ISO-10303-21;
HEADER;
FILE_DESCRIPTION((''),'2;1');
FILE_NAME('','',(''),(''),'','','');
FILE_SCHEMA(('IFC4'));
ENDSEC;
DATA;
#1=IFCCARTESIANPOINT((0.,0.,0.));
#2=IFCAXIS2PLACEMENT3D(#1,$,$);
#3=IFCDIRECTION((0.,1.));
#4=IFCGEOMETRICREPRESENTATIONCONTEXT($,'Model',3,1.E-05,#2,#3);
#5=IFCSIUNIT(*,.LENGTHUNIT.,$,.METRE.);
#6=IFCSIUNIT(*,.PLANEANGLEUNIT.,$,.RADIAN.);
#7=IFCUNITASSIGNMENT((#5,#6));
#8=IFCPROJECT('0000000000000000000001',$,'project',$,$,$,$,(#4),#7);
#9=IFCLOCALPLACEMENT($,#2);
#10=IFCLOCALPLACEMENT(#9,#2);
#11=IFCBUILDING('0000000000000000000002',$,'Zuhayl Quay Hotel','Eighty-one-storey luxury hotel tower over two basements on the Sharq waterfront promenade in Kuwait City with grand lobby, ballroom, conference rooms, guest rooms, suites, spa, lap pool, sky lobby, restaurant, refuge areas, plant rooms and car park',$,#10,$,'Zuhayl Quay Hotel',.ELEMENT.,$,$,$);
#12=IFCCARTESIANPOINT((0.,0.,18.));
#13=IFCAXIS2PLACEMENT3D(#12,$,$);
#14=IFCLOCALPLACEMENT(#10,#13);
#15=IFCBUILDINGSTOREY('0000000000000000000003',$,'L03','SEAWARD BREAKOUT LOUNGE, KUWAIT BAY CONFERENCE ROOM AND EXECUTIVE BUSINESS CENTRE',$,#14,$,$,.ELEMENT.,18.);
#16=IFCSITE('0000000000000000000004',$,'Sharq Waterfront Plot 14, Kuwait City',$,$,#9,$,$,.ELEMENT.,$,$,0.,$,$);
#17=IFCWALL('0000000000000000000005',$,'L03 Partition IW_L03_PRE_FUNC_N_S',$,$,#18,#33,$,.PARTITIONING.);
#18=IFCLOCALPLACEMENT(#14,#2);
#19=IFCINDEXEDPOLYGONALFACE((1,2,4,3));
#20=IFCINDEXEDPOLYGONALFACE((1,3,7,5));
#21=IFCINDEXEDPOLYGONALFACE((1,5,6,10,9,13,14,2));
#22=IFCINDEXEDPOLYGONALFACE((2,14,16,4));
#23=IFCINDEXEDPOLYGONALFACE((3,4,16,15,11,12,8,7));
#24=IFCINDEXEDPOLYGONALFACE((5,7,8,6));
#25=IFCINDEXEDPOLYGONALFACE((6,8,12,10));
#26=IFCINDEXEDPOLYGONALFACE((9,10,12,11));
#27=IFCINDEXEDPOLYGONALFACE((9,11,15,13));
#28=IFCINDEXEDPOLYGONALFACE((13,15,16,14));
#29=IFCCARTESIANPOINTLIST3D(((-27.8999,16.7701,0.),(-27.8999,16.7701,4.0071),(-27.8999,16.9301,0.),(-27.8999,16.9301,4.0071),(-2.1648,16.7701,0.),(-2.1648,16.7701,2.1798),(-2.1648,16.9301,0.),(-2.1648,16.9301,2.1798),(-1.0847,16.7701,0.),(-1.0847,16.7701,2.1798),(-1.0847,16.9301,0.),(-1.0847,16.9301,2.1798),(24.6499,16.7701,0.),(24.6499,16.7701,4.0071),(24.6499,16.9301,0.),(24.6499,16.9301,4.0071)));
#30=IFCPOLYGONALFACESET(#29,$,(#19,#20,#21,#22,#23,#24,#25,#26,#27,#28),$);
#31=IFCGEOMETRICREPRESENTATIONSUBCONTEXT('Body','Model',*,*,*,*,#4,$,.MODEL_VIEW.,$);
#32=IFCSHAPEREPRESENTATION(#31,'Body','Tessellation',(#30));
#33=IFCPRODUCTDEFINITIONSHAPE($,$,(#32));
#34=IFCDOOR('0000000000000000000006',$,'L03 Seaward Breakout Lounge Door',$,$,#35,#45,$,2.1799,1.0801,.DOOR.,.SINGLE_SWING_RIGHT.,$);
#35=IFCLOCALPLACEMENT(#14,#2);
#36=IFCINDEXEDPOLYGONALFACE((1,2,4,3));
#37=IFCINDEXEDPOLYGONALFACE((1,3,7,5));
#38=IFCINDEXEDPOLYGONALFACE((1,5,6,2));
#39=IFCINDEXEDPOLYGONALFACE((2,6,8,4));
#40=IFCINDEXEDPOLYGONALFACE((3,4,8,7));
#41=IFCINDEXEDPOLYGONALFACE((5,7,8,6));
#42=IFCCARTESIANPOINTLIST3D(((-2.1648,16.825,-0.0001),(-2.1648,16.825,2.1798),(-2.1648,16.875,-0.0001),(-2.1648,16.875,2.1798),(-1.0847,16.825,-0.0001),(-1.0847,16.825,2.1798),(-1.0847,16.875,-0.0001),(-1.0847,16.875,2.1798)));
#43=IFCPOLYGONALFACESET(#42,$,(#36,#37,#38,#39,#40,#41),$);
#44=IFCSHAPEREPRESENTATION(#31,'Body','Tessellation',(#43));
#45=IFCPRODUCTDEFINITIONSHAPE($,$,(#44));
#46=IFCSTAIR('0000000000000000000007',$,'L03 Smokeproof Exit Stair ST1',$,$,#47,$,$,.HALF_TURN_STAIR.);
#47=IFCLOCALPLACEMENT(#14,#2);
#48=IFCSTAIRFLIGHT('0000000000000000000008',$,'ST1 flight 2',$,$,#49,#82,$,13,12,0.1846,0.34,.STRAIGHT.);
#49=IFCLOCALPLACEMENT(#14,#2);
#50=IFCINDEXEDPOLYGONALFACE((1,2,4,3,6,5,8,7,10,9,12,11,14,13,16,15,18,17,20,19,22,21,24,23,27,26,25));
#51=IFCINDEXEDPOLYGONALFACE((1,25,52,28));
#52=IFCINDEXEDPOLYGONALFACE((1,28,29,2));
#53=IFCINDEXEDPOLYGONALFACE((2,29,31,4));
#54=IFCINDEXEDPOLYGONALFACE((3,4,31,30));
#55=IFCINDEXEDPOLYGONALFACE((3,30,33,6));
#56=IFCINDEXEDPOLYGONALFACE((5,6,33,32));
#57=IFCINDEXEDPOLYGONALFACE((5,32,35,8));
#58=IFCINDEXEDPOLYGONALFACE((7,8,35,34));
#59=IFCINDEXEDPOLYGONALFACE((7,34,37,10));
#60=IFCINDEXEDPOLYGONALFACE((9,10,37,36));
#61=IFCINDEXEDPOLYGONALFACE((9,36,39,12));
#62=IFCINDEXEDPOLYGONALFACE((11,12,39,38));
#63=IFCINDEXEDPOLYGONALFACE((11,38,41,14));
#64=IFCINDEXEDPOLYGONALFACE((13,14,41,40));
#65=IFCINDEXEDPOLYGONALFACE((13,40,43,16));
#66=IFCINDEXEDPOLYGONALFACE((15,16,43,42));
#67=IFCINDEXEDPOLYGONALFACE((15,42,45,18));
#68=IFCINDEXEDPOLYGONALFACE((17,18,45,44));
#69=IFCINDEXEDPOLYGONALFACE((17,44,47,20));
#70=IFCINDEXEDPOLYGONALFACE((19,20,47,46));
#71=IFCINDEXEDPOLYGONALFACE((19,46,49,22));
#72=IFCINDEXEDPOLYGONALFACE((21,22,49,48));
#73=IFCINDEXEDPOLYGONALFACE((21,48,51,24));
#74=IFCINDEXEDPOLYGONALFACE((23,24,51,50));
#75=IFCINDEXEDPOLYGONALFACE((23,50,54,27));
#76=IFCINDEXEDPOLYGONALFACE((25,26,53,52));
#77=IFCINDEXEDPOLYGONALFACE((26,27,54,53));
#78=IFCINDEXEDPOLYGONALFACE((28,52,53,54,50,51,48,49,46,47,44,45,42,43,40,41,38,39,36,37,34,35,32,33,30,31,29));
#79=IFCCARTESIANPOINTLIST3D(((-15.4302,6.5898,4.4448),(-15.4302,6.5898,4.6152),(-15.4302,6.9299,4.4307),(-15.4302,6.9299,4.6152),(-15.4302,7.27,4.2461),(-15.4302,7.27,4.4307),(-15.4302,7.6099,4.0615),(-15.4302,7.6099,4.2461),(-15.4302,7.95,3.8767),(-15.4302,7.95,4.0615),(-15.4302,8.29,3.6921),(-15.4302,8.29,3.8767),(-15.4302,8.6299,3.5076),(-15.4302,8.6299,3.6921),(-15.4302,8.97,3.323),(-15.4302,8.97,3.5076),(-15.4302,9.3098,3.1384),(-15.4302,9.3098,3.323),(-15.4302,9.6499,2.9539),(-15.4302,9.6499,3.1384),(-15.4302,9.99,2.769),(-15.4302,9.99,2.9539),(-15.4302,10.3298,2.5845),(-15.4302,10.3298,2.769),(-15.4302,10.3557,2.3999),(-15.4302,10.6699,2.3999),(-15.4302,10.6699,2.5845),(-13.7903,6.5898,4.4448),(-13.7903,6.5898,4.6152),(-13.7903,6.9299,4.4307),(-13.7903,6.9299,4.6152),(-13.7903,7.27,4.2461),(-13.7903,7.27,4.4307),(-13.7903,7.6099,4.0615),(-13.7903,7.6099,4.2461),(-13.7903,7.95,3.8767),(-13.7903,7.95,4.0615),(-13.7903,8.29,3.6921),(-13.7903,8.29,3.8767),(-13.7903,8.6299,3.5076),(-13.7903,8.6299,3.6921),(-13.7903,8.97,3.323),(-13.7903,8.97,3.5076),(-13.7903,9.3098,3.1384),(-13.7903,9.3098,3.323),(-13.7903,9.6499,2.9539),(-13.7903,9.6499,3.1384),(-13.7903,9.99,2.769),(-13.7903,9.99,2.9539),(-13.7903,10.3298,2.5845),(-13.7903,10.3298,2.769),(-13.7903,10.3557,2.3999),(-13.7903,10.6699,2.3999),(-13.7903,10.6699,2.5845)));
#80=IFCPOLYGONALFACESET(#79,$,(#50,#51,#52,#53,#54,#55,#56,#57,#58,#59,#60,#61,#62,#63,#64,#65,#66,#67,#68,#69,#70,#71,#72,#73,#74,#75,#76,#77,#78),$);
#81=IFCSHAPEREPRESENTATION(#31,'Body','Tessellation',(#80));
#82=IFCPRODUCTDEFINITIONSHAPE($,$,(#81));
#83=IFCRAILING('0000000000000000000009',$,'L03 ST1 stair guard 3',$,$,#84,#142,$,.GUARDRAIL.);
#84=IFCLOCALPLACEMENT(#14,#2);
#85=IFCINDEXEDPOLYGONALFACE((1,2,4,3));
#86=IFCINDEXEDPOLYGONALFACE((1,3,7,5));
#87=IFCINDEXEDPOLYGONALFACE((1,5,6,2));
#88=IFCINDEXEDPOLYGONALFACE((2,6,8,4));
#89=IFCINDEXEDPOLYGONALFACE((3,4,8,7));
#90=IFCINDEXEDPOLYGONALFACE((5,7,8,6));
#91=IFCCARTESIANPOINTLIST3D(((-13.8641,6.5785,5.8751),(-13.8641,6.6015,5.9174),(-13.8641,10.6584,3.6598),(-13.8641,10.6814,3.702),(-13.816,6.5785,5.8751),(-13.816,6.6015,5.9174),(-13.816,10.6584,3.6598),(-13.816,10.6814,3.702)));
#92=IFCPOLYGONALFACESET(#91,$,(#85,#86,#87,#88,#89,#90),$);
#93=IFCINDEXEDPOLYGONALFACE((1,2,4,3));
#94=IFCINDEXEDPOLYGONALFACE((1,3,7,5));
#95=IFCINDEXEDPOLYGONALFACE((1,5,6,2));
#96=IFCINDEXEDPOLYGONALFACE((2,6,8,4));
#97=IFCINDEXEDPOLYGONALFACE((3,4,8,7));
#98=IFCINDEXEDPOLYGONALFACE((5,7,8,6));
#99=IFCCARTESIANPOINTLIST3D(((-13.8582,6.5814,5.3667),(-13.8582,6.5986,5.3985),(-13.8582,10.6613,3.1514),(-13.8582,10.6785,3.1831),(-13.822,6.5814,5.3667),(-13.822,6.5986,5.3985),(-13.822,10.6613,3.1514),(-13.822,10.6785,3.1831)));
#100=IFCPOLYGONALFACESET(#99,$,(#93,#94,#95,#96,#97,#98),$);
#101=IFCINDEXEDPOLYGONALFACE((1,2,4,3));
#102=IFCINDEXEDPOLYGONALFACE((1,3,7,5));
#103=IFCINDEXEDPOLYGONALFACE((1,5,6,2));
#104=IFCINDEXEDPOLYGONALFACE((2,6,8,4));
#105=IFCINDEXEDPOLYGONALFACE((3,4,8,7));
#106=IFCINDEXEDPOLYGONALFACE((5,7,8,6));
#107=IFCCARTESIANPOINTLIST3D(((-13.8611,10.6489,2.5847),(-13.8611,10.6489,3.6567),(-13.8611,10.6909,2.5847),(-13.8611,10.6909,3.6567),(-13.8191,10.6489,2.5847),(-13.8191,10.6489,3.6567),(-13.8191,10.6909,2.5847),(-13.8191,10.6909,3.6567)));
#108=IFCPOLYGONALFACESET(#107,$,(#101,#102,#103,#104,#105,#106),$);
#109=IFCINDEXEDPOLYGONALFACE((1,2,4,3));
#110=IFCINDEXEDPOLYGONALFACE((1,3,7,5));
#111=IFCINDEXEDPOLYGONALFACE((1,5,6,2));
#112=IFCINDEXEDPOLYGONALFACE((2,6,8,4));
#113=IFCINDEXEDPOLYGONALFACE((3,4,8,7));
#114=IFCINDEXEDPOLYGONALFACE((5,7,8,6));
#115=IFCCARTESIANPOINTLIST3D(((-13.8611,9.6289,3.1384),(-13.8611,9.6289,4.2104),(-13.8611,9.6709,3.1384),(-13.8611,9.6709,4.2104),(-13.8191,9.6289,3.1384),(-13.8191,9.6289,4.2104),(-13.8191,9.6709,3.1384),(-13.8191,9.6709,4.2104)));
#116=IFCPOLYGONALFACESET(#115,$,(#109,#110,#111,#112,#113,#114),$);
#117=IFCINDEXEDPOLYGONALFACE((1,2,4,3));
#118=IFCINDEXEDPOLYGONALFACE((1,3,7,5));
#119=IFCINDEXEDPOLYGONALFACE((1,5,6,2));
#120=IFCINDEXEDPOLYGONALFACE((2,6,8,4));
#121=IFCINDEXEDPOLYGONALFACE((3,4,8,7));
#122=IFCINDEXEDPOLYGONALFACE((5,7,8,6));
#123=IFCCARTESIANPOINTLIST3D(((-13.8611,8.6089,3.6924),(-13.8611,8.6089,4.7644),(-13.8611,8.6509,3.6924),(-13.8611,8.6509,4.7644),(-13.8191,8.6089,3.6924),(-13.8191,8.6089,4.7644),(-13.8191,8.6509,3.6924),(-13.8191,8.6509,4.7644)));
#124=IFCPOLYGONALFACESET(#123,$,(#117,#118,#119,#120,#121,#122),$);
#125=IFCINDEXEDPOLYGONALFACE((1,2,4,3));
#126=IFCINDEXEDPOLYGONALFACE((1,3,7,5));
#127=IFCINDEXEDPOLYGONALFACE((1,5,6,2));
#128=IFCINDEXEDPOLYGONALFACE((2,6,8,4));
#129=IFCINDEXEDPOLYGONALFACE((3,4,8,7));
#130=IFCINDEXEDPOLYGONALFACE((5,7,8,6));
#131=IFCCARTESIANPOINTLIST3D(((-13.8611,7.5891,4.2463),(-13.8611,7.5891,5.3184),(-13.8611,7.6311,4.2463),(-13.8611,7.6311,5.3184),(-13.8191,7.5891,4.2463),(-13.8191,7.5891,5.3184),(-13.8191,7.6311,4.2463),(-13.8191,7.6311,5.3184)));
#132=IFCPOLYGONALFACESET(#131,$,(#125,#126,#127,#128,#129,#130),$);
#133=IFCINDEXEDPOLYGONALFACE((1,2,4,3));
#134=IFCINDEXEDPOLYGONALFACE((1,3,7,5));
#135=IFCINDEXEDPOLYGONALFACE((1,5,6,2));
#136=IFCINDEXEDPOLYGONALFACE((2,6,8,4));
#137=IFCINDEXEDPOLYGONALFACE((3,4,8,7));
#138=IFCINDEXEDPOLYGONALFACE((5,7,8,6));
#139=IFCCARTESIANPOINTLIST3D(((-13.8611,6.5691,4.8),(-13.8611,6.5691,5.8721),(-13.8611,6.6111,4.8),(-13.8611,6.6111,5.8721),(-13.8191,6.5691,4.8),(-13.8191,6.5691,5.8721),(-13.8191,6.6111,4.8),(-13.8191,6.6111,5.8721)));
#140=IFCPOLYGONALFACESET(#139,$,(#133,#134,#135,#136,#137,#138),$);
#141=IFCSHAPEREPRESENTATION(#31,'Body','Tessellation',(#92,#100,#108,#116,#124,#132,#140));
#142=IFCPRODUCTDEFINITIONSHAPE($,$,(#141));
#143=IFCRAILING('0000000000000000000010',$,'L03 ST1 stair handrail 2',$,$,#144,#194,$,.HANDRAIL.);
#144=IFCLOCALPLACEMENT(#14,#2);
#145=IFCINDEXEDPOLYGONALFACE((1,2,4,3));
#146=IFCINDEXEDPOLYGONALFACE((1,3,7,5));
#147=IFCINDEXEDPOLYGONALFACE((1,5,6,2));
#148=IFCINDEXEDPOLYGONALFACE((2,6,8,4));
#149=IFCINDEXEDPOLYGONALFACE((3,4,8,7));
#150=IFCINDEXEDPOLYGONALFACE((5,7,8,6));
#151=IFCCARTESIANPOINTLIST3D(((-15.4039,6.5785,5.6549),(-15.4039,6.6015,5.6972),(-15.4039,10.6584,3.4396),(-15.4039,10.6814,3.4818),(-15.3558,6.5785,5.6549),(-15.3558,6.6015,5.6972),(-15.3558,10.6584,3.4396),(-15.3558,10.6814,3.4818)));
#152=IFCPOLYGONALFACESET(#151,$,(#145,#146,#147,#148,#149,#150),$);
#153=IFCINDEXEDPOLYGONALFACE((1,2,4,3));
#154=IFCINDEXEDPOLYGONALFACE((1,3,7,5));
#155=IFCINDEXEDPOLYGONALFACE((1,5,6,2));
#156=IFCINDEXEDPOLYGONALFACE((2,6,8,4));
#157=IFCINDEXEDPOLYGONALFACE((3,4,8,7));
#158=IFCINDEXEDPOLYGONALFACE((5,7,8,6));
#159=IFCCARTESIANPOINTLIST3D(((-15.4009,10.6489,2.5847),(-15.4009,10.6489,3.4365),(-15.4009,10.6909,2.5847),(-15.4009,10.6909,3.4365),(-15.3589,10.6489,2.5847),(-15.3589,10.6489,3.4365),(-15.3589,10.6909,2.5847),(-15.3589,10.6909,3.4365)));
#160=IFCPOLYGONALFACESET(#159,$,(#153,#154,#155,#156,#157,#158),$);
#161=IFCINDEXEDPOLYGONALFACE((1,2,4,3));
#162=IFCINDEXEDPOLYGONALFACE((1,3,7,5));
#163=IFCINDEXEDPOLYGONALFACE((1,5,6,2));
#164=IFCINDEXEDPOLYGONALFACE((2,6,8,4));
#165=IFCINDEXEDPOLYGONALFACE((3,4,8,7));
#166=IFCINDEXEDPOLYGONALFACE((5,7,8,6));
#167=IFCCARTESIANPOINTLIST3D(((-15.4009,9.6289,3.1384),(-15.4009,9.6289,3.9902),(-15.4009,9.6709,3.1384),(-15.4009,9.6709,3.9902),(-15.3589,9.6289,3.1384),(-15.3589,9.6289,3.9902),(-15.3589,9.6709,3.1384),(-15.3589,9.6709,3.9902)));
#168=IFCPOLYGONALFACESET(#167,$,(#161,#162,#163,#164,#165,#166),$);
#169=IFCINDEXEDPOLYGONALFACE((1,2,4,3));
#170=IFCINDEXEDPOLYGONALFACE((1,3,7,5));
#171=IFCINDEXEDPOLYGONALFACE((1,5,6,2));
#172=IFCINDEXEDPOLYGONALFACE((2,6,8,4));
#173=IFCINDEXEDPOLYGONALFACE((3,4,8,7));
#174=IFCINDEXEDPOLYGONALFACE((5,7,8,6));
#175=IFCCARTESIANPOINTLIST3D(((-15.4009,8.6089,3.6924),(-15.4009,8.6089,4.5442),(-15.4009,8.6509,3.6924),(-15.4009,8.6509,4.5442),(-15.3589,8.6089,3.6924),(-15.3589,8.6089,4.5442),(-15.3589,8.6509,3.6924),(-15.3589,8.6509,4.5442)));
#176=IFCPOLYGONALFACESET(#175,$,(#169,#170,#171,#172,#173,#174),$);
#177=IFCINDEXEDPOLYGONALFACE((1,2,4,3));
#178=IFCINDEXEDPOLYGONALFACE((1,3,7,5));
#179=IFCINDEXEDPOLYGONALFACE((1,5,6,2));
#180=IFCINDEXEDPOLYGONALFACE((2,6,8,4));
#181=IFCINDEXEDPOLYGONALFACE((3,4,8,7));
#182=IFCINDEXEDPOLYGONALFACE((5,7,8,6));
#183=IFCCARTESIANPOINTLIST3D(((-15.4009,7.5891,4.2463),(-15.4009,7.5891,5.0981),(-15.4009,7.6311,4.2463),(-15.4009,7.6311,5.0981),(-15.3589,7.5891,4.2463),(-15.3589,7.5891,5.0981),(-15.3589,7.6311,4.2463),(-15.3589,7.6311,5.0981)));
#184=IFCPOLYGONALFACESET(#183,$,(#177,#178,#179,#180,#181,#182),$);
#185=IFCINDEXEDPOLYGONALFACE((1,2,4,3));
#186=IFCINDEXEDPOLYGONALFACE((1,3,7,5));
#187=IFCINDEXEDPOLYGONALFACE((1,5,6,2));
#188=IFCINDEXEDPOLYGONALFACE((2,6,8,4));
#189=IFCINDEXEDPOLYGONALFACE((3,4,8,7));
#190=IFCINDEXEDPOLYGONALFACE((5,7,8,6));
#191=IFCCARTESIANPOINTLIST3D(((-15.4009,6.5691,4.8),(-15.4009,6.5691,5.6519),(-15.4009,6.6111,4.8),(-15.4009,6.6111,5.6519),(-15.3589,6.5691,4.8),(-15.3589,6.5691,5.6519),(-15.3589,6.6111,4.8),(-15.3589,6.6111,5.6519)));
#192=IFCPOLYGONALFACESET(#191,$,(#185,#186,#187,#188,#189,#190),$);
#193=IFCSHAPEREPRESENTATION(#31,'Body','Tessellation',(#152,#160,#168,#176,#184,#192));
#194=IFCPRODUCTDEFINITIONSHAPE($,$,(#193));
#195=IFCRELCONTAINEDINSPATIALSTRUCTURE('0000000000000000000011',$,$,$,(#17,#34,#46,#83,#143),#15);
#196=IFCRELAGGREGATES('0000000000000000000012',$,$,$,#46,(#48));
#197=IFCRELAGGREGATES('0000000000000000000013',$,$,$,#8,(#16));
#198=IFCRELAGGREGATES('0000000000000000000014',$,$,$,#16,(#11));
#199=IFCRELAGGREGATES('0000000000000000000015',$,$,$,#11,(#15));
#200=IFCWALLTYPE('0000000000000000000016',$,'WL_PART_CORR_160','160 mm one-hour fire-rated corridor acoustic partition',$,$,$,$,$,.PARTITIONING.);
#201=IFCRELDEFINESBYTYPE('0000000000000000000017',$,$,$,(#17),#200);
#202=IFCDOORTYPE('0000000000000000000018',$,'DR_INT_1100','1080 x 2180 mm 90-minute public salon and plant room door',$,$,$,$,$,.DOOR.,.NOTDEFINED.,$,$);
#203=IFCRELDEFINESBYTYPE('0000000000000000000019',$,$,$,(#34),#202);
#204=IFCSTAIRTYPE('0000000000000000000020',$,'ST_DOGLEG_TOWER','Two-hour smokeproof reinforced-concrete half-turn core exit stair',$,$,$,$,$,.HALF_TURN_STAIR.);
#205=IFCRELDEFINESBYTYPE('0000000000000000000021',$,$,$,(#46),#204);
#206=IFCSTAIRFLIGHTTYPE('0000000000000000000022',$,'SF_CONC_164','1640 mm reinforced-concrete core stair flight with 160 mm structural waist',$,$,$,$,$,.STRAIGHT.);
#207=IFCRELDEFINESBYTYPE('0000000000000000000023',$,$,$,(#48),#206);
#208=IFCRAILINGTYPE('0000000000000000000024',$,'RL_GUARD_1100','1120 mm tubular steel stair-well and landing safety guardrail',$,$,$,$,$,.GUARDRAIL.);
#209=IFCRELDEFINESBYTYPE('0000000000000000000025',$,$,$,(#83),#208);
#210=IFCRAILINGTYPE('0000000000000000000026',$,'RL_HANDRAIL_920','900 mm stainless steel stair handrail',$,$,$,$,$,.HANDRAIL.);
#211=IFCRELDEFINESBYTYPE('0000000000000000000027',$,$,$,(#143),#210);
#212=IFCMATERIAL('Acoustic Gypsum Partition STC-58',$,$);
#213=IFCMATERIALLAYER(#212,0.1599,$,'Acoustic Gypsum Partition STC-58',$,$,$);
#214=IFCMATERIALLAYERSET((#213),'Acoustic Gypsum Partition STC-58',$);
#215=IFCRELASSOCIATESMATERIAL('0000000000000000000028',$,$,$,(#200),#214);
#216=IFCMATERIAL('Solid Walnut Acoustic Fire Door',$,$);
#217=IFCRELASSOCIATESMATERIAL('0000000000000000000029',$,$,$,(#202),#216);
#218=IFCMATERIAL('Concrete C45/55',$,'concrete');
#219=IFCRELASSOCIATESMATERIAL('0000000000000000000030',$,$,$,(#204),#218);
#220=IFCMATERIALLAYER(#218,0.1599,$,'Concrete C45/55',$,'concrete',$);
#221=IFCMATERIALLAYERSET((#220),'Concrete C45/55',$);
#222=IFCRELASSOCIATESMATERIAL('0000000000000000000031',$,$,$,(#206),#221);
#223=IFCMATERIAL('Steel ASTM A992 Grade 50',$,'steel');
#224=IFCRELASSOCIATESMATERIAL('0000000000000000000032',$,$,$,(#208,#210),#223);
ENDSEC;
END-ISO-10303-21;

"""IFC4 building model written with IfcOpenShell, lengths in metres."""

from ifc_helpers import new_model, si_unit, direction, frame, frame_2d, origin, origin_2d, place, context, subcontext, project, spatial, polyline, rectangle, outline, extrude, material, layer, layer_set, type_object, element, fill, aggregate, save


model = new_model("IFC4")

# Units and contexts
model_context = context("Model", 3, precision=1e-05, world=origin(), true_north=direction((0.0, 1.0)))
body_context = subcontext(model_context, "Body", "Model", "MODEL_VIEW")
ifc_project = project(units=[si_unit("LENGTHUNIT", "METRE"), si_unit("PLANEANGLEUNIT", "RADIAN")], contexts=[model_context])

# Site, building, storey
site_placement = place(None, origin())
site = spatial("IfcSite", under=ifc_project, at=site_placement, Name="Sharq Waterfront Plot 14, Kuwait City", CompositionType="ELEMENT", RefElevation=0.0)
building_placement = place(site_placement, origin())
building = spatial("IfcBuilding", under=site, at=building_placement, Name="Zuhayl Quay Hotel", Description="Eighty-one-storey luxury hotel tower over two basements on the Sharq waterfront promenade in Kuwait City with grand lobby, ballroom, conference rooms, guest rooms, suites, spa, lap pool, sky lobby, restaurant, refuge areas, plant rooms and car park", LongName="Zuhayl Quay Hotel", CompositionType="ELEMENT")
storey_placement = place(building_placement, frame((0.0, 0.0, 18.0)))
storey = spatial("IfcBuildingStorey", under=building, at=storey_placement, Name="L03", Description="SEAWARD BREAKOUT LOUNGE, KUWAIT BAY CONFERENCE ROOM AND EXECUTIVE BUSINESS CENTRE", CompositionType="ELEMENT", Elevation=18.0)

# Shared definitions
ifc_material_1 = material(Name="Acoustic Gypsum Partition STC-58")

# Wall, opening, door
ifc_layer_1 = layer(ifc_material_1, 0.1599, Name="Acoustic Gypsum Partition STC-58")
ifc_layer_set_1 = layer_set([ifc_layer_1], Name="Acoustic Gypsum Partition STC-58")
wall_type_1 = type_object("IfcWallType", Name="WL_PART_CORR_160", Description="160 mm one-hour fire-rated corridor acoustic partition", PredefinedType="PARTITIONING", material=ifc_layer_set_1)
wall_1_placement = place(storey_placement, frame((-27.8999, 16.8501, 0.0), z_axis=(0.0, 0.0, 1.0), x_axis=(1.0, 0.0, 0.0)))
wall_1 = element("IfcWall", 1, at=wall_1_placement, inside=storey, type_object=wall_type_1, Name="L03 Partition IW_L03_PRE_FUNC_N_S", PredefinedType="PARTITIONING", context=body_context, shape_type="SweptSolid", body=[
    extrude(rectangle(XDim=52.5498, YDim=0.1599, at=frame_2d((26.2749, 0.0))), origin(), (0.0, 0.0, 1.0), 4.0071),
])
opening_1_placement = place(wall_1_placement, frame((25.7351, 0.0, 0.0)))
opening_1 = element("IfcOpeningElement", 2, at=opening_1_placement, cuts=wall_1, PredefinedType="OPENING", context=body_context, shape_type="SweptSolid", body=[
    extrude(rectangle(XDim=1.0801, YDim=2.1799, at=frame_2d((0.54, 1.0898))), frame((0.0, 0.0898, 0.0), z_axis=(0.0, -1.0, 0.0), x_axis=(1.0, 0.0, 0.0)), (0.0, 0.0, 1.0), 0.1799),
])
ifc_material_2 = material(Name="Solid Walnut Acoustic Fire Door")
door_type = type_object("IfcDoorType", Name="DR_INT_1100", Description="1080 x 2180 mm 90-minute public salon and plant room door", OperationType="NOTDEFINED", PredefinedType="DOOR", material=ifc_material_2)
door_placement = place(opening_1_placement, origin())
door = element("IfcDoor", 3, at=door_placement, inside=storey, type_object=door_type, Name="L03 Seaward Breakout Lounge Door", OperationType="SINGLE_SWING_RIGHT", OverallHeight=2.1799, OverallWidth=1.0801, PredefinedType="DOOR", context=body_context, shape_type="SweptSolid", body=[
    extrude(rectangle(XDim=1.0801, YDim=2.1799, at=frame_2d((0.54, 1.0898))), frame((0.0, 0.0249, 0.0), z_axis=(0.0, -1.0, 0.0), x_axis=(1.0, 0.0, 0.0)), (0.0, 0.0, 1.0), 0.05),
])
fill(opening_1, door)

# Stair, stair flight
ifc_material_3 = material(Name="Concrete C45/55", Category="concrete")
stair_type = type_object("IfcStairType", Name="ST_DOGLEG_TOWER", Description="Two-hour smokeproof reinforced-concrete half-turn core exit stair", PredefinedType="HALF_TURN_STAIR", material=ifc_material_3)
stair_placement = place(storey_placement, origin())
stair = element("IfcStair", 4, at=stair_placement, inside=storey, type_object=stair_type, Name="L03 Smokeproof Exit Stair ST1", PredefinedType="HALF_TURN_STAIR")
ifc_layer_2 = layer(ifc_material_3, 0.1599, Name="Concrete C45/55", Category="concrete")
ifc_layer_set_2 = layer_set([ifc_layer_2], Name="Concrete C45/55")
stair_flight_type = type_object("IfcStairFlightType", Name="SF_CONC_164", Description="1640 mm reinforced-concrete core stair flight with 160 mm structural waist", PredefinedType="STRAIGHT", material=ifc_layer_set_2)
stair_flight_placement = place(storey_placement, frame((-14.6101, 10.6699, 2.3999), z_axis=(0.0, 0.0, 1.0), x_axis=(0.0, -1.0, 0.0)))
stair_flight = element("IfcStairFlight", 5, at=stair_flight_placement, type_object=stair_flight_type, Name="ST1 flight 2", NumberOfRisers=13, NumberOfTreads=12, PredefinedType="STRAIGHT", RiserHeight=0.1846, TreadLength=0.34, context=body_context, shape_type="SweptSolid", body=[
    extrude(outline(polyline([(0.0, 0.0), (0.0, 0.1846), (0.3401, 0.1846), (0.3401, 0.3691), (0.6799, 0.3691), (0.6799, 0.554), (1.02, 0.554), (1.02, 0.7385), (1.3601, 0.7385), (1.3601, 0.9231), (1.7, 0.9231), (1.7, 1.1077), (2.04, 1.1077), (2.04, 1.2922), (2.3799, 1.2922), (2.3799, 1.4768), (2.72, 1.4768), (2.72, 1.6616), (3.0601, 1.6616), (3.0601, 1.8462), (3.3999, 1.8462), (3.3999, 2.0308), (3.74, 2.0308), (3.74, 2.2153), (4.0801, 2.2153), (4.0801, 2.3999), (4.0801, 2.0449), (0.3142, 0.0), (0.0, 0.0)])), frame((0.0, 0.8198, 0.0), z_axis=(0.0, -1.0, 0.0), x_axis=(1.0, 0.0, 0.0)), (0.0, 0.0, 1.0), 1.6399),
])
aggregate(stair, [stair_flight])

# Railings
ifc_material_4 = material(Name="Steel ASTM A992 Grade 50", Category="steel")
railing_type_1 = type_object("IfcRailingType", Name="RL_GUARD_1100", Description="1120 mm tubular steel stair-well and landing safety guardrail", PredefinedType="GUARDRAIL", material=ifc_material_4)
railing_1_placement = place(storey_placement, frame((-13.8401, 10.6699, 2.5847)))
element("IfcRailing", 6, at=railing_1_placement, inside=storey, type_object=railing_type_1, Name="L03 ST1 stair guard 3", PredefinedType="GUARDRAIL", context=body_context, shape_type="SweptSolid", body=[
    extrude(rectangle(XDim=0.0481, YDim=0.0481, at=origin_2d()), frame((0.0, 0.0, 1.0962), z_axis=(0.0, -0.878802, 0.477186), x_axis=(1.0, 0.0, 0.0)), (0.0, 0.0, 1.0), 4.6426),
    extrude(rectangle(XDim=0.0361, YDim=0.0361, at=origin_2d()), frame((0.0, 0.0, 0.5825), z_axis=(0.0, -0.878802, 0.477186), x_axis=(1.0, 0.0, 0.0)), (0.0, 0.0, 1.0), 4.6426),
    extrude(rectangle(XDim=0.042, YDim=0.042, at=origin_2d()), origin(), (0.0, 0.0, 1.0), 1.072),
    extrude(rectangle(XDim=0.042, YDim=0.042, at=origin_2d()), frame((0.0, -1.02, 0.5537)), (0.0, 0.0, 1.0), 1.072),
    extrude(rectangle(XDim=0.042, YDim=0.042, at=origin_2d()), frame((0.0, -2.04, 1.1077)), (0.0, 0.0, 1.0), 1.072),
    extrude(rectangle(XDim=0.042, YDim=0.042, at=origin_2d()), frame((0.0, -3.0598, 1.6616)), (0.0, 0.0, 1.0), 1.072),
    extrude(rectangle(XDim=0.042, YDim=0.042, at=origin_2d()), frame((0.0, -4.0798, 2.2153)), (0.0, 0.0, 1.0), 1.072),
])
railing_type_2 = type_object("IfcRailingType", Name="RL_HANDRAIL_920", Description="900 mm stainless steel stair handrail", PredefinedType="HANDRAIL", material=ifc_material_4)
railing_2_placement = place(storey_placement, frame((-15.3799, 10.6699, 2.5847)))
element("IfcRailing", 7, at=railing_2_placement, inside=storey, type_object=railing_type_2, Name="L03 ST1 stair handrail 2", PredefinedType="HANDRAIL", context=body_context, shape_type="SweptSolid", body=[
    extrude(rectangle(XDim=0.0481, YDim=0.0481, at=origin_2d()), frame((0.0, 0.0, 0.876), z_axis=(0.0, -0.878802, 0.477186), x_axis=(1.0, 0.0, 0.0)), (0.0, 0.0, 1.0), 4.6426),
    extrude(rectangle(XDim=0.042, YDim=0.042, at=origin_2d()), origin(), (0.0, 0.0, 1.0), 0.8518),
    extrude(rectangle(XDim=0.042, YDim=0.042, at=origin_2d()), frame((0.0, -1.02, 0.5537)), (0.0, 0.0, 1.0), 0.8518),
    extrude(rectangle(XDim=0.042, YDim=0.042, at=origin_2d()), frame((0.0, -2.04, 1.1077)), (0.0, 0.0, 1.0), 0.8518),
    extrude(rectangle(XDim=0.042, YDim=0.042, at=origin_2d()), frame((0.0, -3.0598, 1.6616)), (0.0, 0.0, 1.0), 0.8518),
    extrude(rectangle(XDim=0.042, YDim=0.042, at=origin_2d()), frame((0.0, -4.0798, 2.2153)), (0.0, 0.0, 1.0), 0.8518),
])

save(model, "model.ifc")
